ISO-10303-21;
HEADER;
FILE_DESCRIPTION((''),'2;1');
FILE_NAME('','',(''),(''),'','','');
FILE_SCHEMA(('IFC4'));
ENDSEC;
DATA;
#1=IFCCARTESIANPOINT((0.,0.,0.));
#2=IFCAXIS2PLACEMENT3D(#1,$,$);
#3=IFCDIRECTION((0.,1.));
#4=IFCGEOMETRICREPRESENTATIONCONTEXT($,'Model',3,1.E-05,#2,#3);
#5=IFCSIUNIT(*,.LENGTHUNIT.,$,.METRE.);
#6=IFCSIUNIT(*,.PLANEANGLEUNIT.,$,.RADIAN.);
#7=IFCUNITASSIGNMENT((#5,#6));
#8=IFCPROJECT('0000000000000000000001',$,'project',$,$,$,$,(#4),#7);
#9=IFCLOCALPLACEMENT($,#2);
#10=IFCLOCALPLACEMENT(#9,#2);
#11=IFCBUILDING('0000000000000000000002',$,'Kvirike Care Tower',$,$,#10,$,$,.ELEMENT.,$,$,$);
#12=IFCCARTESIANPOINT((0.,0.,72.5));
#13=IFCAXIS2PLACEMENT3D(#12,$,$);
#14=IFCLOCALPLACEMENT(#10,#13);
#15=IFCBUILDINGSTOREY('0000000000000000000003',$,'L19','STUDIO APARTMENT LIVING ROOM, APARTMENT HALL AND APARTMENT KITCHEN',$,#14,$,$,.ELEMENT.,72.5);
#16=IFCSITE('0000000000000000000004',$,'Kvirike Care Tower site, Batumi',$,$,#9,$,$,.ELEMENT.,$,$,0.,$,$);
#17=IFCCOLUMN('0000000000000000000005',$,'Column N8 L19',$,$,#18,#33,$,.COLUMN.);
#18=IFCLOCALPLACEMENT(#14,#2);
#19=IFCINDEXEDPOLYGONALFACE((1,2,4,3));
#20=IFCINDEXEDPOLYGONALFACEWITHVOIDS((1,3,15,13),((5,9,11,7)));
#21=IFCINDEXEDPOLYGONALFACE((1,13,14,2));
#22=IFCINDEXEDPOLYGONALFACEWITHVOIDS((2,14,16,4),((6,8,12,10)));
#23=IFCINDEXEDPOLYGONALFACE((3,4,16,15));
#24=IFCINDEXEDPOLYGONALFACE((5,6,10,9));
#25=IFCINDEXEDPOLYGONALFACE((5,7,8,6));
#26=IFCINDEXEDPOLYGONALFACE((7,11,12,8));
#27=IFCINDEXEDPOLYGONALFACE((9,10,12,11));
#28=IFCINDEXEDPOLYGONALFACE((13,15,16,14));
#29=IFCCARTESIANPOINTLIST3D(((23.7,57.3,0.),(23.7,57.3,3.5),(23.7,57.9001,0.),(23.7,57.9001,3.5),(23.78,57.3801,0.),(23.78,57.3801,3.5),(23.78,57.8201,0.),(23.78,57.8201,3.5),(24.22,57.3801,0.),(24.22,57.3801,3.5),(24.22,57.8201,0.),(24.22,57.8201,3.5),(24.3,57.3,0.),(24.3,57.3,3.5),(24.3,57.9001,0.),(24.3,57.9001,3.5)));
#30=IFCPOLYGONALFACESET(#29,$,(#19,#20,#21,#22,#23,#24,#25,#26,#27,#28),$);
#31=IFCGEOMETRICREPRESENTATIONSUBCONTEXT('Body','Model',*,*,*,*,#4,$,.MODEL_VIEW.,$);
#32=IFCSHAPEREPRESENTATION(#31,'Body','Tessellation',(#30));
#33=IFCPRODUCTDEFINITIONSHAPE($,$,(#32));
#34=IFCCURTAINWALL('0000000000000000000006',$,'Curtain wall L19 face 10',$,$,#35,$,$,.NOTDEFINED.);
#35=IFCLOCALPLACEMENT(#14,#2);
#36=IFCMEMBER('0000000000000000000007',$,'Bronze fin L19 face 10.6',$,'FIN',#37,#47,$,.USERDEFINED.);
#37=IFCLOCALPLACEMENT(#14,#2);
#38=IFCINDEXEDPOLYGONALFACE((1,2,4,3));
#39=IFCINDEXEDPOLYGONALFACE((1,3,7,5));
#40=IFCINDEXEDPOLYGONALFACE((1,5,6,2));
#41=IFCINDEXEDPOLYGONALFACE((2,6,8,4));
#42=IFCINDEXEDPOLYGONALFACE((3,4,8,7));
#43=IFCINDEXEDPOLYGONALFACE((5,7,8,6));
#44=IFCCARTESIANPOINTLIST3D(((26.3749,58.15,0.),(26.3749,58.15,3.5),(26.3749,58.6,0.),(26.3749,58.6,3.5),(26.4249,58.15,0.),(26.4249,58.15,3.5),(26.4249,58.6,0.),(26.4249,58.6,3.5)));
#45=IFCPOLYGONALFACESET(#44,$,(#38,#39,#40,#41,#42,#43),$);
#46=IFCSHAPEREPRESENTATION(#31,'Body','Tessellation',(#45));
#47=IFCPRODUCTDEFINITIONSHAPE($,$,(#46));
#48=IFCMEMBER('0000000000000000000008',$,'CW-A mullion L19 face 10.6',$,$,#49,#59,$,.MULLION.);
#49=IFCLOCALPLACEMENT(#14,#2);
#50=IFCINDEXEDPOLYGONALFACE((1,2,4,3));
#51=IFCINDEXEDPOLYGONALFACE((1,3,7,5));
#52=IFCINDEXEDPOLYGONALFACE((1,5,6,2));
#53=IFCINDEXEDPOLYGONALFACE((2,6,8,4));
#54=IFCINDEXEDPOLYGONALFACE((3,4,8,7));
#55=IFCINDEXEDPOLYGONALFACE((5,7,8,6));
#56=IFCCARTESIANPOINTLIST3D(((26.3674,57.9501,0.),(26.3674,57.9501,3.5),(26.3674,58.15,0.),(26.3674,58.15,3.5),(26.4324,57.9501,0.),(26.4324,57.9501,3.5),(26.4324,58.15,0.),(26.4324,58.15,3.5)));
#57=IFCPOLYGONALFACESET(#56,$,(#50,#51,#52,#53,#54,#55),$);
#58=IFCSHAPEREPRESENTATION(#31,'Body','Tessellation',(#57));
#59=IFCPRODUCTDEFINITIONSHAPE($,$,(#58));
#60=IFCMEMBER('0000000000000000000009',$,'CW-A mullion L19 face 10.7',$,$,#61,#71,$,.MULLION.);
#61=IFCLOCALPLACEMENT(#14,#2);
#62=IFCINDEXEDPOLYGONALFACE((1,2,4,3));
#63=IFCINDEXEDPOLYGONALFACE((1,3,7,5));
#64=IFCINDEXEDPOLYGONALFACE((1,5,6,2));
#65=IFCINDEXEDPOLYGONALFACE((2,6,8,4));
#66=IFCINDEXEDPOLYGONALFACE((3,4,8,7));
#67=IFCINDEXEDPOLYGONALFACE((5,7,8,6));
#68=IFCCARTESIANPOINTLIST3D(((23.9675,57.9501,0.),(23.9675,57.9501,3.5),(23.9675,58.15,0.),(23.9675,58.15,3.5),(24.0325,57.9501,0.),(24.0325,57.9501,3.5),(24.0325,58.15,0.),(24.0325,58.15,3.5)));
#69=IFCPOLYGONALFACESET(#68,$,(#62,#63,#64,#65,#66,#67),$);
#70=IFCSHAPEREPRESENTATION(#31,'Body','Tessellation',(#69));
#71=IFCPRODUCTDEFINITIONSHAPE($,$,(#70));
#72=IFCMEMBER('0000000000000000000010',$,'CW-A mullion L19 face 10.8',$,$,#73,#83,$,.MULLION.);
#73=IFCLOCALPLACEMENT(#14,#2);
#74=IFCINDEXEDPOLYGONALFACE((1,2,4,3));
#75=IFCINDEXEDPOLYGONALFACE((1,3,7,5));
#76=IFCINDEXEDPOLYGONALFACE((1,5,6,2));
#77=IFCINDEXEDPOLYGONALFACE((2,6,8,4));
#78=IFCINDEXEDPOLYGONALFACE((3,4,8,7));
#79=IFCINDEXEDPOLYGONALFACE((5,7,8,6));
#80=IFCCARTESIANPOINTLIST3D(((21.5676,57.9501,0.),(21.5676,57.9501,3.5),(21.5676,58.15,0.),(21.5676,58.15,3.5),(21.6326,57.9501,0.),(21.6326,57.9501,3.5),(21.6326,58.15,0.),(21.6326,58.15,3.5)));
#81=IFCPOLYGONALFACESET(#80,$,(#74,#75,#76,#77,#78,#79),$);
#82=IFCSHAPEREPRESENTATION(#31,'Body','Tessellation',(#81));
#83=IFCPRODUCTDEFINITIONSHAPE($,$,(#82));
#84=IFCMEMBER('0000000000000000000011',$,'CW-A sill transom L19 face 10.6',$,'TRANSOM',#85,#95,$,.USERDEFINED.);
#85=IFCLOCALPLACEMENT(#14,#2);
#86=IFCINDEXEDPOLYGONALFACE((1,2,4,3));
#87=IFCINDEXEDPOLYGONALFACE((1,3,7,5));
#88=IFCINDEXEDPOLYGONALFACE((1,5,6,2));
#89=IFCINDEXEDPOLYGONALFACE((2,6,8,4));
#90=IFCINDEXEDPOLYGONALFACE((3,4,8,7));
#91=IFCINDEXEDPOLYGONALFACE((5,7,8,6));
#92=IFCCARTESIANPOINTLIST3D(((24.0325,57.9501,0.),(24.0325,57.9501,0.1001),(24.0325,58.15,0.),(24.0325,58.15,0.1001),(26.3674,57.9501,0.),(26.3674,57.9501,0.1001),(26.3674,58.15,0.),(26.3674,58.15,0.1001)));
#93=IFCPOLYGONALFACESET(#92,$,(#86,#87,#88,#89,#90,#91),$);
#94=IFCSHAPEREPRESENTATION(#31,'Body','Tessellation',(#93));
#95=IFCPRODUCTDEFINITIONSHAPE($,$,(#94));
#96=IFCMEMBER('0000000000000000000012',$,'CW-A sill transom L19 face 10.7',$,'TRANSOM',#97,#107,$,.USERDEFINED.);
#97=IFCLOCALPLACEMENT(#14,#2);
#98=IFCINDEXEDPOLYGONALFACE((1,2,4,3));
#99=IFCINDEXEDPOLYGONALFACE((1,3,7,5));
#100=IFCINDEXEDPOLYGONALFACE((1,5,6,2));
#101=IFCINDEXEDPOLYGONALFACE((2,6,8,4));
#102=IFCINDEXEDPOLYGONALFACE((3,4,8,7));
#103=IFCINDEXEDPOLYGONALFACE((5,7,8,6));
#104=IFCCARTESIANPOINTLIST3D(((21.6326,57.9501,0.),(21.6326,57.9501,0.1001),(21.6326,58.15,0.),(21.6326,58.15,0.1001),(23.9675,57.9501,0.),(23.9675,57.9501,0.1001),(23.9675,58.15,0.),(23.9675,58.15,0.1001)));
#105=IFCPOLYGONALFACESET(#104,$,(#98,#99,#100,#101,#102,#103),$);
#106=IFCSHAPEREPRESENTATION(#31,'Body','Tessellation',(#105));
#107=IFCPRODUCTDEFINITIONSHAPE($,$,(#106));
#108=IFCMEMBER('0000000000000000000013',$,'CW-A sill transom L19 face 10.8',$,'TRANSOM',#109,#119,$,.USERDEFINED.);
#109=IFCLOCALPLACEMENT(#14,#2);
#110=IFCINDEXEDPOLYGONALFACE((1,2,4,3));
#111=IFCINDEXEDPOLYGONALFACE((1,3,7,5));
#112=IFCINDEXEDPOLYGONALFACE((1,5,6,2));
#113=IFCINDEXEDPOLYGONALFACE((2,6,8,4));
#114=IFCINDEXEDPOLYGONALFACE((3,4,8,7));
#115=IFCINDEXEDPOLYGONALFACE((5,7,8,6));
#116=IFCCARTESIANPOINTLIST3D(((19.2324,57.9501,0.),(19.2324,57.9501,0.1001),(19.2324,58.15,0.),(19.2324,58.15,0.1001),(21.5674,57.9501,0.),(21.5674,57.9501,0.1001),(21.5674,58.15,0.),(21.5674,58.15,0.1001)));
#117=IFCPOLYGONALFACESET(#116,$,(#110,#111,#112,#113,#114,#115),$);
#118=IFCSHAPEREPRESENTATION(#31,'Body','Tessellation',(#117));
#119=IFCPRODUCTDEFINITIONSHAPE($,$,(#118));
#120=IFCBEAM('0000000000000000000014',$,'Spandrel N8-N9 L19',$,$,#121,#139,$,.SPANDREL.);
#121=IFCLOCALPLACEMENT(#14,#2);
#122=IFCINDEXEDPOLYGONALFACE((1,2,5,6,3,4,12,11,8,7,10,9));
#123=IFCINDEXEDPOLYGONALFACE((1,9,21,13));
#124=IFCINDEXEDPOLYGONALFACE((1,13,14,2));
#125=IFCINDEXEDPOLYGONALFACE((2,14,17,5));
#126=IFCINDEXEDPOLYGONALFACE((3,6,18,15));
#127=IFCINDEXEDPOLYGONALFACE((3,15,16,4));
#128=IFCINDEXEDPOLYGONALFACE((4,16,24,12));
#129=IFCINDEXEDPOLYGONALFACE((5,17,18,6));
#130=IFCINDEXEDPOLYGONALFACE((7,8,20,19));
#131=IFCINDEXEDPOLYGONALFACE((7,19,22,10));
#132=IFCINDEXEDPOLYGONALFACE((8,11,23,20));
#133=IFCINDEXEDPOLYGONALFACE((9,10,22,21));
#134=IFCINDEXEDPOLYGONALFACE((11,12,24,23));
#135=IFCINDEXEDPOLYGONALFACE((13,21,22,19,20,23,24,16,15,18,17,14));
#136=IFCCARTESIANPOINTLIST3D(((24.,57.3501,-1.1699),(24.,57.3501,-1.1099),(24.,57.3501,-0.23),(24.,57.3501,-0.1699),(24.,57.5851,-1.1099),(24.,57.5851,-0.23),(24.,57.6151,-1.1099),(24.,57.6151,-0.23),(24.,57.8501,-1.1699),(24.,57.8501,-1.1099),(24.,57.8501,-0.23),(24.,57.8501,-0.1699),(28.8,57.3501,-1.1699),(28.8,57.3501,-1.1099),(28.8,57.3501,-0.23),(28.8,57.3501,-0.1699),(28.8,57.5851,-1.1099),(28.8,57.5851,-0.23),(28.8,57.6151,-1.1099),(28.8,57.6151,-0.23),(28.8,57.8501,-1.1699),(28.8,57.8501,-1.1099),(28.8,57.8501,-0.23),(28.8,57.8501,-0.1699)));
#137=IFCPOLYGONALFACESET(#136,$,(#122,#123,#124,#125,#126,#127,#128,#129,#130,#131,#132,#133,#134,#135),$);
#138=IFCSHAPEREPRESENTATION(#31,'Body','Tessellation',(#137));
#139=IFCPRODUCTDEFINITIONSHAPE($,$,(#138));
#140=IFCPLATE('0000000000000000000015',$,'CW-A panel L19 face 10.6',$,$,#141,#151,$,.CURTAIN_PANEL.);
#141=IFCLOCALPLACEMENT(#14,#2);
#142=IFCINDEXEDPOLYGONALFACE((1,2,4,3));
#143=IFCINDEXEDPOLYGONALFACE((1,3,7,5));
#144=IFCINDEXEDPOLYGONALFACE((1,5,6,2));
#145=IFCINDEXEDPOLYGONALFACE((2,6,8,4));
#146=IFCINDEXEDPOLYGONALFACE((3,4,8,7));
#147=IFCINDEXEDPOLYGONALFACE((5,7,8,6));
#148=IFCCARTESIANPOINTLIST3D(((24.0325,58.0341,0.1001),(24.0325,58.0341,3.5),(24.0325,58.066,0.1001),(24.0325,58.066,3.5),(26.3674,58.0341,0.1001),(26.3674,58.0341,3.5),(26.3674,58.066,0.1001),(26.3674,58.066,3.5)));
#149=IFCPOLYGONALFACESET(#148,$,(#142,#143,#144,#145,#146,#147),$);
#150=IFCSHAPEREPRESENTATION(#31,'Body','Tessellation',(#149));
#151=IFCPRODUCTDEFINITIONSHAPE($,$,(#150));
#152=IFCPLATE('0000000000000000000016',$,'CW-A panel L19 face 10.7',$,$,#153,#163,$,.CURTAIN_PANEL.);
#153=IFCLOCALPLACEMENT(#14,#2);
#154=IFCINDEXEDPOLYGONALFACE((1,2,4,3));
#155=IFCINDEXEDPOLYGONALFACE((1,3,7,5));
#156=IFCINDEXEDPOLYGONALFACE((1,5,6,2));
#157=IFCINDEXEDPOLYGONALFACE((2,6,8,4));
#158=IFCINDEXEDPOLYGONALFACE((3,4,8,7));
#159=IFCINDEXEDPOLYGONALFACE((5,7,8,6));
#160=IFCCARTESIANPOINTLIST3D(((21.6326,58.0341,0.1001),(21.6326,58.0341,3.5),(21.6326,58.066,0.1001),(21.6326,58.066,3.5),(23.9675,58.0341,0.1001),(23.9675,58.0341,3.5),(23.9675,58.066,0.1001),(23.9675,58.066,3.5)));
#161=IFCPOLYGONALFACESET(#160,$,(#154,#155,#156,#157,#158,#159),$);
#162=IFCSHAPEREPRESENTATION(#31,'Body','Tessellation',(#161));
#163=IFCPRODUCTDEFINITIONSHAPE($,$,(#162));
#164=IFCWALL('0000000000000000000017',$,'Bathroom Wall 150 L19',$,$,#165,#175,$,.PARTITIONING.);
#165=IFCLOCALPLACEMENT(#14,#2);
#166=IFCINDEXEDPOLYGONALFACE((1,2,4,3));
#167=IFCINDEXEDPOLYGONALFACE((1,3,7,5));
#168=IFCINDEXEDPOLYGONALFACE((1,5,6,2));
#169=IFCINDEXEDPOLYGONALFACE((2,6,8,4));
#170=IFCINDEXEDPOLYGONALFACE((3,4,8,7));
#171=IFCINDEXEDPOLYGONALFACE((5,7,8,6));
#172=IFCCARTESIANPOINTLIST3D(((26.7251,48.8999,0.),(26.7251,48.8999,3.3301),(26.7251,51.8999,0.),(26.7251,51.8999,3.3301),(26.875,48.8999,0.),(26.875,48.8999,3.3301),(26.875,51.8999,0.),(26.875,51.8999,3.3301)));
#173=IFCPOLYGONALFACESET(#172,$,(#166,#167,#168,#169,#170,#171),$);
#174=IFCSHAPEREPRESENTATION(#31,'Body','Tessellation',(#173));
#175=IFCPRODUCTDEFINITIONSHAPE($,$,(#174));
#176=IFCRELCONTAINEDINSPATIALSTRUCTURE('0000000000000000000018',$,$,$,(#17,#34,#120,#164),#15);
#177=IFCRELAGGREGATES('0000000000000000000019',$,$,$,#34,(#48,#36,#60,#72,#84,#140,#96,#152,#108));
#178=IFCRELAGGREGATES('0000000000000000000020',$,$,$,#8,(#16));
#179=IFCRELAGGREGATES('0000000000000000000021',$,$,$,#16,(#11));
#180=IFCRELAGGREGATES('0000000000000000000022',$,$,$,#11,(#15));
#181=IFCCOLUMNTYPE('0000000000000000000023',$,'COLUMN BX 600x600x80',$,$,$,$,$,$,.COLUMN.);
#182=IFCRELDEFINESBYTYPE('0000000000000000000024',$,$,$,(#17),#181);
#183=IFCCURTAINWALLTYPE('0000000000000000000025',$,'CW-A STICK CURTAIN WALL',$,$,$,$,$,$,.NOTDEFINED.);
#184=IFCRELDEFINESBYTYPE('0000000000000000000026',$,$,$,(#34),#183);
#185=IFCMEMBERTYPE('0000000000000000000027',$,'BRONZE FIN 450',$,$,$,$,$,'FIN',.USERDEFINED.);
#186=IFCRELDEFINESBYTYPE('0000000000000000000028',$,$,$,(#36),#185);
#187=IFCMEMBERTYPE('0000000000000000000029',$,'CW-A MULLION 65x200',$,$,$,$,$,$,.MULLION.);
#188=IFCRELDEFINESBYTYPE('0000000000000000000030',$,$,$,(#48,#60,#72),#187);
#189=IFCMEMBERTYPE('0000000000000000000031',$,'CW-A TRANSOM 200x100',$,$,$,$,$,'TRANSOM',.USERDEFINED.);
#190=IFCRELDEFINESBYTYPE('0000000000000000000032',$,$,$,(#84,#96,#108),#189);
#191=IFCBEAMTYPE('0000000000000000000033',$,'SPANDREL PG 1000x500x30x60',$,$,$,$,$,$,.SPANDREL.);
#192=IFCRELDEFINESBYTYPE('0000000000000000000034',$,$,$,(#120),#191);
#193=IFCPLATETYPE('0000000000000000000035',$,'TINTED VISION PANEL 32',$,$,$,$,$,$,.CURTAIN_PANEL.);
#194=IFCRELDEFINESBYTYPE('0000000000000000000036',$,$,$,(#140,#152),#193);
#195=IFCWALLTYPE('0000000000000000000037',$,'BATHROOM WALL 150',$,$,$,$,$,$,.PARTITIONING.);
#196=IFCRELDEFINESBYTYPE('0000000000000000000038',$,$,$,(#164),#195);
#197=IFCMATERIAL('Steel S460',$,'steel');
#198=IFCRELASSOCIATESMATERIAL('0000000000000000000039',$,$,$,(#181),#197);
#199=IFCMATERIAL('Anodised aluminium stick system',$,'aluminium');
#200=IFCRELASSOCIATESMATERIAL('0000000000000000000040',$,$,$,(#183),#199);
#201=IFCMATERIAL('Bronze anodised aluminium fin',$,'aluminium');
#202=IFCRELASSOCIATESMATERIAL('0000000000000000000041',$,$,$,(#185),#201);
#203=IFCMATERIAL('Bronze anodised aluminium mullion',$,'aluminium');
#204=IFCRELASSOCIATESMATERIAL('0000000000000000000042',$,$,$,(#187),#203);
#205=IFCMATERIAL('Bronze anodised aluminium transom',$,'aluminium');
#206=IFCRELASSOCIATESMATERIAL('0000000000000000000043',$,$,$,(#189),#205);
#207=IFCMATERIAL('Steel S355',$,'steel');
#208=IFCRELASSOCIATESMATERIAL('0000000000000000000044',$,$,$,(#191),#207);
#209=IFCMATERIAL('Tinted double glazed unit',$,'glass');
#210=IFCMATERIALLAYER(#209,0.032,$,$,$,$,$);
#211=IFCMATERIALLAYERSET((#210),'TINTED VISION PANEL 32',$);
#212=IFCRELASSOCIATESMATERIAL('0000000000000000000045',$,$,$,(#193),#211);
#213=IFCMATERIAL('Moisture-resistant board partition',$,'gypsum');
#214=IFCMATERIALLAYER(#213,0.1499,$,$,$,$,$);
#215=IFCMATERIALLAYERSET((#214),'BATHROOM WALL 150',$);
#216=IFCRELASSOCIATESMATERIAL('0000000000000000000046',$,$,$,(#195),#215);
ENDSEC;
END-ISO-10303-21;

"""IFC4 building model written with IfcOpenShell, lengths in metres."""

from ifc_helpers import new_model, si_unit, direction, frame, frame_2d, origin, origin_2d, place, context, subcontext, project, spatial, rectangle, hollow_rectangle, i_section, extrude, material, layer, layer_set, material_profile, profile_set, type_object, element, aggregate, save


model = new_model("IFC4")

# Units and contexts
model_context = context("Model", 3, precision=1e-05, world=origin(), true_north=direction((0.0, 1.0)))
body_context = subcontext(model_context, "Body", "Model", "MODEL_VIEW")
ifc_project = project(units=[si_unit("LENGTHUNIT", "METRE"), si_unit("PLANEANGLEUNIT", "RADIAN")], contexts=[model_context])

# Site, building, storey
site_placement = place(None, origin())
site = spatial("IfcSite", under=ifc_project, at=site_placement, Name="Kvirike Care Tower site, Batumi", CompositionType="ELEMENT", RefElevation=0.0)
building_placement = place(site_placement, origin())
building = spatial("IfcBuilding", under=site, at=building_placement, Name="Kvirike Care Tower", CompositionType="ELEMENT")
storey_placement = place(building_placement, frame((0.0, 0.0, 72.5)))
storey = spatial("IfcBuildingStorey", under=building, at=storey_placement, Name="L19", Description="STUDIO APARTMENT LIVING ROOM, APARTMENT HALL AND APARTMENT KITCHEN", CompositionType="ELEMENT", Elevation=72.5)

# Column
ifc_material_1 = material(Name="Steel S460", Category="steel")
ifc_material_profile_1 = material_profile(ifc_material_1, hollow_rectangle(XDim=0.6001, YDim=0.6001, WallThickness=0.0801, at=origin_2d()), Name="BX 600x600x80")
ifc_profile_set_1 = profile_set([ifc_material_profile_1], Name="Steel S460")
column_type = type_object("IfcColumnType", Name="COLUMN BX 600x600x80", PredefinedType="COLUMN", material=ifc_profile_set_1)
column_placement = place(storey_placement, frame((24.0, 57.6001, 0.0), z_axis=(0.0, 0.0, 1.0), x_axis=(0.0, 1.0, 0.0)))
element("IfcColumn", 1, at=column_placement, inside=storey, type_object=column_type, Name="Column N8 L19", PredefinedType="COLUMN", context=body_context, shape_type="SweptSolid", body=[
    extrude(hollow_rectangle(XDim=0.6001, YDim=0.6001, WallThickness=0.0801, at=origin_2d()), origin(), (0.0, 0.0, 1.0), 3.5),
])

# Curtain wall, members
ifc_material_2 = material(Name="Anodised aluminium stick system", Category="aluminium")
curtain_wall_type = type_object("IfcCurtainWallType", Name="CW-A STICK CURTAIN WALL", PredefinedType="NOTDEFINED", material=ifc_material_2)
curtain_wall_placement = place(storey_placement, origin())
curtain_wall = element("IfcCurtainWall", 2, at=curtain_wall_placement, inside=storey, type_object=curtain_wall_type, Name="Curtain wall L19 face 10", PredefinedType="NOTDEFINED")
ifc_material_3 = material(Name="Bronze anodised aluminium fin", Category="aluminium")
ifc_material_profile_2 = material_profile(ifc_material_3, rectangle(XDim=0.05, YDim=0.45, at=origin_2d()), Name="BRONZE FIN 450")
ifc_profile_set_2 = profile_set([ifc_material_profile_2], Name="Bronze anodised aluminium fin")
member_type_1 = type_object("IfcMemberType", Name="BRONZE FIN 450", ElementType="FIN", PredefinedType="USERDEFINED", material=ifc_profile_set_2)
member_1_placement = place(storey_placement, frame((26.3999, 58.375, 0.0), z_axis=(0.0, 0.0, 1.0), x_axis=(-1.0, 0.0, 0.0)))
member_1 = element("IfcMember", 3, at=member_1_placement, type_object=member_type_1, Name="Bronze fin L19 face 10.6", ObjectType="FIN", PredefinedType="USERDEFINED", context=body_context, shape_type="SweptSolid", body=[
    extrude(rectangle(XDim=0.05, YDim=0.45, at=origin_2d()), origin(), (0.0, 0.0, 1.0), 3.5),
])
ifc_material_4 = material(Name="Bronze anodised aluminium mullion", Category="aluminium")
ifc_material_profile_3 = material_profile(ifc_material_4, rectangle(XDim=0.0649, YDim=0.2, at=origin_2d()), Name="CW-A MULLION 65x200")
ifc_profile_set_3 = profile_set([ifc_material_profile_3], Name="Bronze anodised aluminium mullion")
member_type_2 = type_object("IfcMemberType", Name="CW-A MULLION 65x200", PredefinedType="MULLION", material=ifc_profile_set_3)
member_2_placement = place(storey_placement, frame((26.3999, 58.05, 0.0), z_axis=(0.0, 0.0, 1.0), x_axis=(-1.0, 0.0, 0.0)))
member_2 = element("IfcMember", 4, at=member_2_placement, type_object=member_type_2, Name="CW-A mullion L19 face 10.6", PredefinedType="MULLION", context=body_context, shape_type="SweptSolid", body=[
    extrude(rectangle(XDim=0.0649, YDim=0.2, at=origin_2d()), origin(), (0.0, 0.0, 1.0), 3.5),
])
member_3_placement = place(storey_placement, frame((24.0, 58.05, 0.0), z_axis=(0.0, 0.0, 1.0), x_axis=(-1.0, 0.0, 0.0)))
member_3 = element("IfcMember", 5, at=member_3_placement, type_object=member_type_2, Name="CW-A mullion L19 face 10.7", PredefinedType="MULLION", context=body_context, shape_type="SweptSolid", body=[
    extrude(rectangle(XDim=0.0649, YDim=0.2, at=origin_2d()), origin(), (0.0, 0.0, 1.0), 3.5),
])
member_4_placement = place(storey_placement, frame((21.6001, 58.05, 0.0), z_axis=(0.0, 0.0, 1.0), x_axis=(-1.0, 0.0, 0.0)))
member_4 = element("IfcMember", 6, at=member_4_placement, type_object=member_type_2, Name="CW-A mullion L19 face 10.8", PredefinedType="MULLION", context=body_context, shape_type="SweptSolid", body=[
    extrude(rectangle(XDim=0.0649, YDim=0.2, at=origin_2d()), origin(), (0.0, 0.0, 1.0), 3.5),
])
ifc_material_5 = material(Name="Bronze anodised aluminium transom", Category="aluminium")
ifc_material_profile_4 = material_profile(ifc_material_5, rectangle(XDim=0.2, YDim=0.1001, at=origin_2d()), Name="CW-A TRANSOM 200x100")
ifc_profile_set_4 = profile_set([ifc_material_profile_4], Name="Bronze anodised aluminium transom")
member_type_3 = type_object("IfcMemberType", Name="CW-A TRANSOM 200x100", ElementType="TRANSOM", PredefinedType="USERDEFINED", material=ifc_profile_set_4)
member_5_placement = place(storey_placement, frame((26.3674, 58.05, 0.05), z_axis=(-1.0, 0.0, 0.0), x_axis=(0.0, -1.0, 0.0)))
member_5 = element("IfcMember", 7, at=member_5_placement, type_object=member_type_3, Name="CW-A sill transom L19 face 10.6", ObjectType="TRANSOM", PredefinedType="USERDEFINED", context=body_context, shape_type="SweptSolid", body=[
    extrude(rectangle(XDim=0.2, YDim=0.1001, at=origin_2d()), origin(), (0.0, 0.0, 1.0), 2.335),
])
member_6_placement = place(storey_placement, frame((23.9675, 58.05, 0.05), z_axis=(-1.0, 0.0, 0.0), x_axis=(0.0, -1.0, 0.0)))
member_6 = element("IfcMember", 8, at=member_6_placement, type_object=member_type_3, Name="CW-A sill transom L19 face 10.7", ObjectType="TRANSOM", PredefinedType="USERDEFINED", context=body_context, shape_type="SweptSolid", body=[
    extrude(rectangle(XDim=0.2, YDim=0.1001, at=origin_2d()), origin(), (0.0, 0.0, 1.0), 2.335),
])
member_7_placement = place(storey_placement, frame((21.5674, 58.05, 0.05), z_axis=(-1.0, 0.0, 0.0), x_axis=(0.0, -1.0, 0.0)))
member_7 = element("IfcMember", 9, at=member_7_placement, type_object=member_type_3, Name="CW-A sill transom L19 face 10.8", ObjectType="TRANSOM", PredefinedType="USERDEFINED", context=body_context, shape_type="SweptSolid", body=[
    extrude(rectangle(XDim=0.2, YDim=0.1001, at=origin_2d()), origin(), (0.0, 0.0, 1.0), 2.335),
])

# Beam
ifc_material_6 = material(Name="Steel S355", Category="steel")
ifc_material_profile_5 = material_profile(ifc_material_6, i_section(OverallWidth=0.5, OverallDepth=1.0, WebThickness=0.03, FlangeThickness=0.0601, at=origin_2d()), Name="PG 1000x500x30x60")
ifc_profile_set_5 = profile_set([ifc_material_profile_5], Name="Steel S355")
beam_type = type_object("IfcBeamType", Name="SPANDREL PG 1000x500x30x60", PredefinedType="SPANDREL", material=ifc_profile_set_5)
beam_placement = place(storey_placement, frame((24.0, 57.6001, -0.6699), z_axis=(1.0, 0.0, 0.0), x_axis=(0.0, 1.0, 0.0)))
element("IfcBeam", 10, at=beam_placement, inside=storey, type_object=beam_type, Name="Spandrel N8-N9 L19", PredefinedType="SPANDREL", context=body_context, shape_type="SweptSolid", body=[
    extrude(i_section(OverallWidth=0.5, OverallDepth=1.0, WebThickness=0.03, FlangeThickness=0.0601, at=origin_2d()), origin(), (0.0, 0.0, 1.0), 4.8),
])

# Plates
ifc_material_7 = material(Name="Tinted double glazed unit", Category="glass")
ifc_layer_1 = layer(ifc_material_7, 0.032)
ifc_layer_set_1 = layer_set([ifc_layer_1], Name="TINTED VISION PANEL 32")
plate_type = type_object("IfcPlateType", Name="TINTED VISION PANEL 32", PredefinedType="CURTAIN_PANEL", material=ifc_layer_set_1)
plate_1_placement = place(storey_placement, frame((25.2, 58.05, 0.1001), z_axis=(0.0, 0.0, 1.0), x_axis=(-1.0, 0.0, 0.0)))
plate_1 = element("IfcPlate", 11, at=plate_1_placement, type_object=plate_type, Name="CW-A panel L19 face 10.6", PredefinedType="CURTAIN_PANEL", context=body_context, shape_type="SweptSolid", body=[
    extrude(rectangle(XDim=2.335, YDim=0.032, at=origin_2d()), origin(), (0.0, 0.0, 1.0), 3.3999),
])
plate_2_placement = place(storey_placement, frame((22.8, 58.05, 0.1001), z_axis=(0.0, 0.0, 1.0), x_axis=(-1.0, 0.0, 0.0)))
plate_2 = element("IfcPlate", 12, at=plate_2_placement, type_object=plate_type, Name="CW-A panel L19 face 10.7", PredefinedType="CURTAIN_PANEL", context=body_context, shape_type="SweptSolid", body=[
    extrude(rectangle(XDim=2.335, YDim=0.032, at=origin_2d()), origin(), (0.0, 0.0, 1.0), 3.3999),
])
aggregate(curtain_wall, [member_2, member_1, member_3, member_4, member_5, plate_1, member_6, plate_2, member_7])

# Wall
ifc_material_8 = material(Name="Moisture-resistant board partition", Category="gypsum")
ifc_layer_2 = layer(ifc_material_8, 0.1499)
ifc_layer_set_2 = layer_set([ifc_layer_2], Name="BATHROOM WALL 150")
wall_type_1 = type_object("IfcWallType", Name="BATHROOM WALL 150", PredefinedType="PARTITIONING", material=ifc_layer_set_2)
for number, where, z_axis, x_axis, name in (
    (13, (26.8, 51.8999, 0.0), (0.0, 0.0, 1.0), (0.0, -1.0, 0.0), "Bathroom Wall 150 L19"),
):
    element("IfcWall", number, at=place(storey_placement, frame(where, z_axis=z_axis, x_axis=x_axis)), inside=storey, type_object=wall_type_1, Name=name, PredefinedType="PARTITIONING", context=body_context, shape_type="SweptSolid", body=[
        extrude(rectangle(XDim=3.0, YDim=0.1499, at=frame_2d((1.5, 0.0))), origin(), (0.0, 0.0, 1.0), 3.3301),
    ])

save(model, "model.ifc")
